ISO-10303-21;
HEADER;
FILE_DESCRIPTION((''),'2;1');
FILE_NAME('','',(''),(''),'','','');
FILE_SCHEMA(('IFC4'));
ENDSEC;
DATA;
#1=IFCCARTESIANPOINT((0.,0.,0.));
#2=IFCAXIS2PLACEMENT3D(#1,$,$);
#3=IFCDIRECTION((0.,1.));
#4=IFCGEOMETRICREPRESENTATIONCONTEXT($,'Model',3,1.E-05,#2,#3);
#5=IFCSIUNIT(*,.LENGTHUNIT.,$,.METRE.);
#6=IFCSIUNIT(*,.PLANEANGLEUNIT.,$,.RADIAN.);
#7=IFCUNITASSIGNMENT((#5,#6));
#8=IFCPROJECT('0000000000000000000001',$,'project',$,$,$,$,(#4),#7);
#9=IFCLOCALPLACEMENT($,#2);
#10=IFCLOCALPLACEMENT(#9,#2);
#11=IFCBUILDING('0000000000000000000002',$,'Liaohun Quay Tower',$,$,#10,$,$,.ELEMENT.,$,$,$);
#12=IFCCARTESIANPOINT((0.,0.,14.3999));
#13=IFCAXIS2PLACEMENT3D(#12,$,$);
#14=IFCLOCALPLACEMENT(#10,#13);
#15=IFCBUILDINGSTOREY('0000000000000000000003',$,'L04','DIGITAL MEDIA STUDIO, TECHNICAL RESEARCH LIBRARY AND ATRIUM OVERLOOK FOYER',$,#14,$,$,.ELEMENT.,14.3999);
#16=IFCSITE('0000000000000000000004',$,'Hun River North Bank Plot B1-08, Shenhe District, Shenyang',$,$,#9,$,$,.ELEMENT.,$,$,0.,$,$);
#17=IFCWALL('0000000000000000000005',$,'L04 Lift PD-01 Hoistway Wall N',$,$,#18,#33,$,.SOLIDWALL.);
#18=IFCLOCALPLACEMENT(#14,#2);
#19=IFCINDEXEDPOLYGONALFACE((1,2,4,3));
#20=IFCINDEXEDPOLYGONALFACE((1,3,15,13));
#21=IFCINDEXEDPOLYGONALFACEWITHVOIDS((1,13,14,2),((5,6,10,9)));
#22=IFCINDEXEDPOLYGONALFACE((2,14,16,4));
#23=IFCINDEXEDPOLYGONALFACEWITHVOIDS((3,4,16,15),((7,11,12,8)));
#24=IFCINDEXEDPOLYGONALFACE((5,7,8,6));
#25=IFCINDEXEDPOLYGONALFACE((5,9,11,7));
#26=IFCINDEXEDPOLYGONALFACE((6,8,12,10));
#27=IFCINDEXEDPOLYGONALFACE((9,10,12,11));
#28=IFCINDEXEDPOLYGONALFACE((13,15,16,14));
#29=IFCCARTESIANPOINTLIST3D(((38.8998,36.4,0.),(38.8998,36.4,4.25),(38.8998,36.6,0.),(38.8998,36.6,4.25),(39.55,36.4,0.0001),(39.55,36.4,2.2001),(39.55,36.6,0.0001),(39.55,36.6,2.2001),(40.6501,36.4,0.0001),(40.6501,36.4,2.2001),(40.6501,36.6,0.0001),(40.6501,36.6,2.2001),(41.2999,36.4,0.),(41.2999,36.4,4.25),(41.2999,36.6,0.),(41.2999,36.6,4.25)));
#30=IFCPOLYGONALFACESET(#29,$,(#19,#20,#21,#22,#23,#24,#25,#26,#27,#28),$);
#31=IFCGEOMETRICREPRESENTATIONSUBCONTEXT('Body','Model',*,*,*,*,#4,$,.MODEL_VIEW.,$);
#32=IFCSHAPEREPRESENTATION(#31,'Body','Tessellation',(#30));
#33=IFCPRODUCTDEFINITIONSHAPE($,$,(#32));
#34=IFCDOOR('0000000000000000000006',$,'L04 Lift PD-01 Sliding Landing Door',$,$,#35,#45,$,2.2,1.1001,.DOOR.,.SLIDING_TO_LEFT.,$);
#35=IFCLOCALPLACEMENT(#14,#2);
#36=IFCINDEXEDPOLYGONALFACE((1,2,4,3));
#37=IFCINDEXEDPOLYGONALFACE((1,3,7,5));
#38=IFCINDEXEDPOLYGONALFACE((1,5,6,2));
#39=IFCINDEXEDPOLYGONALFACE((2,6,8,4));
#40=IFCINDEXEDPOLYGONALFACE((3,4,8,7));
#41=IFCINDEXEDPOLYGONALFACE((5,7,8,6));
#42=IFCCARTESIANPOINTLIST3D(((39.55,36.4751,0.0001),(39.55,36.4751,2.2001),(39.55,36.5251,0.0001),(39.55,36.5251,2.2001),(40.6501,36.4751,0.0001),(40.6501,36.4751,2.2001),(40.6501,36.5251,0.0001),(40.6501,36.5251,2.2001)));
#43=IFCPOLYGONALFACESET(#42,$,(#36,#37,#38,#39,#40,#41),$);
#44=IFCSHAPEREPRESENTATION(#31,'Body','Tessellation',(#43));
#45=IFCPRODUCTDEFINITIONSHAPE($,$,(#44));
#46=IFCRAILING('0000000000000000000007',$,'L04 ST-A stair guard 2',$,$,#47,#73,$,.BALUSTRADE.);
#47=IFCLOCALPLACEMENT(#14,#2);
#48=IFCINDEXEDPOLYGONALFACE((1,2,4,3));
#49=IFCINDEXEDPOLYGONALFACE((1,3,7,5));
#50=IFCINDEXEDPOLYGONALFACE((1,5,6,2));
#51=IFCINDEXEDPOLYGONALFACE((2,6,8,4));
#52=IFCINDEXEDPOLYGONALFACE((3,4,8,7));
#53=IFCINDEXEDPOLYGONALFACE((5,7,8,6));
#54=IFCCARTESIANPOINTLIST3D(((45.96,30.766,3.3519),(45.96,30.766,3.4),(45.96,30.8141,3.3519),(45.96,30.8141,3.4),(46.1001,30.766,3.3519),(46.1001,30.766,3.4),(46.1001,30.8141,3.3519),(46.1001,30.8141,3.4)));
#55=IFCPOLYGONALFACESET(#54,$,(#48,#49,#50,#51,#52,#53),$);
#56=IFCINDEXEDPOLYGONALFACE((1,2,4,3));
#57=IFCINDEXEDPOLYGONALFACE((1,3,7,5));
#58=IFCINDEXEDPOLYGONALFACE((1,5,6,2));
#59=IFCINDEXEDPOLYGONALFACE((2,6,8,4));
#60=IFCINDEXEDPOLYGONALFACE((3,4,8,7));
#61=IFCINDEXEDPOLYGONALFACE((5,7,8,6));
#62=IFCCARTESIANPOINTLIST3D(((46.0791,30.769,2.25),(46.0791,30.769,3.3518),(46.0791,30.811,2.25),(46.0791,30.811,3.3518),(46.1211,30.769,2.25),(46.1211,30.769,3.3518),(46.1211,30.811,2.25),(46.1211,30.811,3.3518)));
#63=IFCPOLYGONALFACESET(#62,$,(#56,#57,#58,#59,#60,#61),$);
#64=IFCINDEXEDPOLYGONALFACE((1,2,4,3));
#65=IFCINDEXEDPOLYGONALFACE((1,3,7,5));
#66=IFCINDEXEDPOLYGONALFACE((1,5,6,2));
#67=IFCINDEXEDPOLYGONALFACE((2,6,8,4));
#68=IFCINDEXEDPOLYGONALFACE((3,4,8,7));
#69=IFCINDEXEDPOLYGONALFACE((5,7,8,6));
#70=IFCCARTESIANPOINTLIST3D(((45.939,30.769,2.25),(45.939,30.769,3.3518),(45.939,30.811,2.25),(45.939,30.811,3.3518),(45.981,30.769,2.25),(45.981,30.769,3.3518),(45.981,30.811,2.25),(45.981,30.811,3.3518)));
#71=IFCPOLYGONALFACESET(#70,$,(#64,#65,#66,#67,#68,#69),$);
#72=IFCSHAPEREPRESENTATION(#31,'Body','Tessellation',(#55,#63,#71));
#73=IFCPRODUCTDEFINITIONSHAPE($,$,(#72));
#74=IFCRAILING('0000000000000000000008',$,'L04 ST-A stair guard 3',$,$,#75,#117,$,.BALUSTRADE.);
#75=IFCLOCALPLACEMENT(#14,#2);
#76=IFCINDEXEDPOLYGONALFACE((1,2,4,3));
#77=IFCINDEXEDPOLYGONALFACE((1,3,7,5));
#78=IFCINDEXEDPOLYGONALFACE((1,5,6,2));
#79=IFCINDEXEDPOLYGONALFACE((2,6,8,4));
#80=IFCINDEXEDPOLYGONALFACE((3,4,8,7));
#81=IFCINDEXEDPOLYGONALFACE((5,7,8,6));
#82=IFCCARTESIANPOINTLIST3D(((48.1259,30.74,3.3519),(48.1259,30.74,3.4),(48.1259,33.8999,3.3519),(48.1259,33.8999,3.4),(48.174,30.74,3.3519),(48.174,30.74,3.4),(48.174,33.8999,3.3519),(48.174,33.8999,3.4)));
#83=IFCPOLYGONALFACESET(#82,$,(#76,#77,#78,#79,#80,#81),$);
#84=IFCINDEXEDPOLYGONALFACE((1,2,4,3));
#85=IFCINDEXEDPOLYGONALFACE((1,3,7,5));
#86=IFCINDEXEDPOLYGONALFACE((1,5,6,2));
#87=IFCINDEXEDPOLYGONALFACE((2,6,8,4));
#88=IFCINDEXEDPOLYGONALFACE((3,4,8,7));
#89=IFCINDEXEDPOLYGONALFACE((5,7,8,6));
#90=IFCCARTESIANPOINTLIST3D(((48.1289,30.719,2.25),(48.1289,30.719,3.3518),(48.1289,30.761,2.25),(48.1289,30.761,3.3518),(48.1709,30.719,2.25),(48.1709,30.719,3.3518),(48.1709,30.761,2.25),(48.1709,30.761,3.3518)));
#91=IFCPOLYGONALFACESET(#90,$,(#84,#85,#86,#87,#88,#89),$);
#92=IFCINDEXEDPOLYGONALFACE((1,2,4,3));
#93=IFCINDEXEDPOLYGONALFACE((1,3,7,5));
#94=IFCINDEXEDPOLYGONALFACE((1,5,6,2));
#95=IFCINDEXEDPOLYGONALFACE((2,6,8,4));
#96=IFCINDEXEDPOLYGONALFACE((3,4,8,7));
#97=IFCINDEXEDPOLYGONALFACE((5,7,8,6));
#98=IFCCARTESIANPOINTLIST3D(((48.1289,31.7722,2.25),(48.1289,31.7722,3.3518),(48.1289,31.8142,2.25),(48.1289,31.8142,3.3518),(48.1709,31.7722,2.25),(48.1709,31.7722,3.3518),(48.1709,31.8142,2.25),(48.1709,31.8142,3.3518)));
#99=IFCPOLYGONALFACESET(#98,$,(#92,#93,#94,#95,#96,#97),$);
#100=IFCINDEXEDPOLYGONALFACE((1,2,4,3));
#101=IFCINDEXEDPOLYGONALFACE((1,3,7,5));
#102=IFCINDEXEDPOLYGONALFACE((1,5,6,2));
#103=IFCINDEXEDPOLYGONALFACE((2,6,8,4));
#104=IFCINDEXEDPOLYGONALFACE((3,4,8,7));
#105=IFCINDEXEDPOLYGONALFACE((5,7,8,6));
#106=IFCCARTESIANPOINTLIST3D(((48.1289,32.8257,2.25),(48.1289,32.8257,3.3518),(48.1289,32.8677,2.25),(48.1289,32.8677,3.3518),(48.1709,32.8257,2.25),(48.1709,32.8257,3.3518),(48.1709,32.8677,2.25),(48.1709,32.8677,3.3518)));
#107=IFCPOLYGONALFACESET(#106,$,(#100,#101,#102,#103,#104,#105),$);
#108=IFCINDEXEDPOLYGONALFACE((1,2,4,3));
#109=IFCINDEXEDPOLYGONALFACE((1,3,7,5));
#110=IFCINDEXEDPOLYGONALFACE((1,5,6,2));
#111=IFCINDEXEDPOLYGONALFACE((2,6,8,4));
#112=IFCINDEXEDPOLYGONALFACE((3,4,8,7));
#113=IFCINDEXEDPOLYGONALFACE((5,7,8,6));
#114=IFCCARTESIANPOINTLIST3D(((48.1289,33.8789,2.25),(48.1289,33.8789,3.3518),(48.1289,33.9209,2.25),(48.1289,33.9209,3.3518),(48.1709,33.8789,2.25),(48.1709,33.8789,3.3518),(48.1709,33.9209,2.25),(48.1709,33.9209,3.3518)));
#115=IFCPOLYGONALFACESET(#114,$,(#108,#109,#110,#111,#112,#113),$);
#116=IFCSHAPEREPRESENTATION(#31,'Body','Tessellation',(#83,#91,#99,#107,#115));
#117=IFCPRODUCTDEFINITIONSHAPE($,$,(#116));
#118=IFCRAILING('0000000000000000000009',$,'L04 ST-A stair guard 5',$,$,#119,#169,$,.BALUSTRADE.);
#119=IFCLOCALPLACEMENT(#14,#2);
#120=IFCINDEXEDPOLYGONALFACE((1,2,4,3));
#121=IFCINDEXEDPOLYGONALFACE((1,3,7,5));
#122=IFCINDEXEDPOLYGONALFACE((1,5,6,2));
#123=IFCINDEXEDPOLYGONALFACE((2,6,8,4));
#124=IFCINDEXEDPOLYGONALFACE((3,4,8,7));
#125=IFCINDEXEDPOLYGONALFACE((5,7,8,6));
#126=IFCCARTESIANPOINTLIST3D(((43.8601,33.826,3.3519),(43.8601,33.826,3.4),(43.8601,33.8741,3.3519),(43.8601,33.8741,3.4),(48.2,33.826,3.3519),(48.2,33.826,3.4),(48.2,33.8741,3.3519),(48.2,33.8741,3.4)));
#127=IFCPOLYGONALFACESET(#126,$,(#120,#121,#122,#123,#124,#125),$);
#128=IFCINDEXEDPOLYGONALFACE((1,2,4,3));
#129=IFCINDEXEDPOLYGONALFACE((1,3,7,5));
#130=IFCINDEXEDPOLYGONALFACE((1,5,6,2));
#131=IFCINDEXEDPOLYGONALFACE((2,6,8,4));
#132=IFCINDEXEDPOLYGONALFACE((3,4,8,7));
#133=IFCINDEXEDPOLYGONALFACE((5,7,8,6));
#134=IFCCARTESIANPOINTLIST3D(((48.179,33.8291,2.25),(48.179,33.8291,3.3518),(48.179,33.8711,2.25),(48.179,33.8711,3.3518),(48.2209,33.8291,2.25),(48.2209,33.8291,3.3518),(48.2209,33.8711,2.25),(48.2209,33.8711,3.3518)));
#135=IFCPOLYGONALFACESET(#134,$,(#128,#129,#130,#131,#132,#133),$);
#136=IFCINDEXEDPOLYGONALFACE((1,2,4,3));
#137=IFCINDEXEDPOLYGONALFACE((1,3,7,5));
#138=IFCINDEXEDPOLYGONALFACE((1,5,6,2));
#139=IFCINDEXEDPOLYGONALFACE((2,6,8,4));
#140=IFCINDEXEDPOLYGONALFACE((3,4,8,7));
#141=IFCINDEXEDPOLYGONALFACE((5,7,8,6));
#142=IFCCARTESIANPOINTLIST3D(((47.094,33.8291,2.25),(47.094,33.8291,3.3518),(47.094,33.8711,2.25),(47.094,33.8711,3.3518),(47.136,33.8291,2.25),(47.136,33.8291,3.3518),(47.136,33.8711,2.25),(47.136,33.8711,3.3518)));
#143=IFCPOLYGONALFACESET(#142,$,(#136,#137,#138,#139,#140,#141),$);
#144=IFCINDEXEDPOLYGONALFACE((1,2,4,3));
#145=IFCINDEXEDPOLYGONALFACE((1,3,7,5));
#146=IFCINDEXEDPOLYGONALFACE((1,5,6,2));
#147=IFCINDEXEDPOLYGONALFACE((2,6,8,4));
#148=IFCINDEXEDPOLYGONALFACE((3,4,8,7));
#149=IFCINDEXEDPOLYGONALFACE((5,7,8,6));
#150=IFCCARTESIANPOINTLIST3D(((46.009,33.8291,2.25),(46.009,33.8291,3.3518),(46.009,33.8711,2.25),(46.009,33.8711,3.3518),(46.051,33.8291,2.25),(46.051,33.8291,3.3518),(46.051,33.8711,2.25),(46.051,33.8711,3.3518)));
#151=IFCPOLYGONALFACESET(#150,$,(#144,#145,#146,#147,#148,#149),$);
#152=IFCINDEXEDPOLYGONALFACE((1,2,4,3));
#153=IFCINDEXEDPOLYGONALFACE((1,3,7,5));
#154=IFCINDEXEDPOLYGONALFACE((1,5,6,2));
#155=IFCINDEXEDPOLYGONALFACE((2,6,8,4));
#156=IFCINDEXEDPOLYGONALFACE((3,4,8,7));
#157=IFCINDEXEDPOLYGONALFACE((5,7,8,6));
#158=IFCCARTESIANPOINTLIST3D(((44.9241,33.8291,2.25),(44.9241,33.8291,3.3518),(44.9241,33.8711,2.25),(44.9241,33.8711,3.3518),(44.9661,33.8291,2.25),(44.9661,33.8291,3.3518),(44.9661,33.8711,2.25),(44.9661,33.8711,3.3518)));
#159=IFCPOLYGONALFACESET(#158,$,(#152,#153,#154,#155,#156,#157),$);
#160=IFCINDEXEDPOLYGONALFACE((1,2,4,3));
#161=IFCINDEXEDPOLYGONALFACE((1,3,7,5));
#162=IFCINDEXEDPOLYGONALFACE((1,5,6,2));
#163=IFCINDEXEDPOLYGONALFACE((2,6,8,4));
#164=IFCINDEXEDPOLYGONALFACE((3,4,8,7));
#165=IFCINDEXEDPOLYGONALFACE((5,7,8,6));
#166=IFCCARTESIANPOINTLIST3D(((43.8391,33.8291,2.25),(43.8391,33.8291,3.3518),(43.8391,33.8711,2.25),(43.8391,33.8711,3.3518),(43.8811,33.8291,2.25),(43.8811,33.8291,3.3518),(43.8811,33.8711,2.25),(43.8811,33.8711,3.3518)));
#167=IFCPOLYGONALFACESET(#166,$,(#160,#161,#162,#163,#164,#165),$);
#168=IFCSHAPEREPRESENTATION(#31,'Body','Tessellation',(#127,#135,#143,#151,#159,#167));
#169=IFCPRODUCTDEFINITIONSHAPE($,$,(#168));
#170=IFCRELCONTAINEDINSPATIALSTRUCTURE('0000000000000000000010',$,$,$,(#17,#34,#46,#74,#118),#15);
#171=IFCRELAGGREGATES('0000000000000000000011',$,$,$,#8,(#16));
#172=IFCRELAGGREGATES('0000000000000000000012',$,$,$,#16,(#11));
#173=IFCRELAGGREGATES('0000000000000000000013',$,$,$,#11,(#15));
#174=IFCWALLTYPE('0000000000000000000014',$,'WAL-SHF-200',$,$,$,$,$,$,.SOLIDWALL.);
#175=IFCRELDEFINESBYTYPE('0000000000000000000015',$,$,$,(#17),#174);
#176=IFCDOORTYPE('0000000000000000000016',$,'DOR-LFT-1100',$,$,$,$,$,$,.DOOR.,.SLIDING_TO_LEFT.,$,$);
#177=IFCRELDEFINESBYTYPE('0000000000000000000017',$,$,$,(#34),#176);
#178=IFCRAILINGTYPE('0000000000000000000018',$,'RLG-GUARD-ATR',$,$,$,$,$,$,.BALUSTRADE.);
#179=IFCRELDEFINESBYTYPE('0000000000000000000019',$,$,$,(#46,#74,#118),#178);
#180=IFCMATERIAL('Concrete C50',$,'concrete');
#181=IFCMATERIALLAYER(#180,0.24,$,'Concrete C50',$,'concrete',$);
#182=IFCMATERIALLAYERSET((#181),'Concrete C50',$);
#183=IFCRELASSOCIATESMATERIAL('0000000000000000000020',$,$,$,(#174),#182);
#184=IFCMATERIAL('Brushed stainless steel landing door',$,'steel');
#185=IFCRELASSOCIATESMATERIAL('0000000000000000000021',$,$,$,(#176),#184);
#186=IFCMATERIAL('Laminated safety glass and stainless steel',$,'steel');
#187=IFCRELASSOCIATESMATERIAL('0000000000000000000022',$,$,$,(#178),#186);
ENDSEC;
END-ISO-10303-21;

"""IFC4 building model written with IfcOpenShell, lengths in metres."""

from ifc_helpers import new_model, si_unit, direction, frame, frame_2d, origin, origin_2d, place, context, subcontext, project, spatial, rectangle, extrude, source, transform, mapped, material, layer, layer_set, type_object, element, fill, save


model = new_model("IFC4")

# Units and contexts
model_context = context("Model", 3, precision=1e-05, world=origin(), true_north=direction((0.0, 1.0)))
body_context = subcontext(model_context, "Body", "Model", "MODEL_VIEW")
ifc_project = project(units=[si_unit("LENGTHUNIT", "METRE"), si_unit("PLANEANGLEUNIT", "RADIAN")], contexts=[model_context])

# Site, building, storey
site_placement = place(None, origin())
site = spatial("IfcSite", under=ifc_project, at=site_placement, Name="Hun River North Bank Plot B1-08, Shenhe District, Shenyang", CompositionType="ELEMENT", RefElevation=0.0)
building_placement = place(site_placement, origin())
building = spatial("IfcBuilding", under=site, at=building_placement, Name="Liaohun Quay Tower", CompositionType="ELEMENT")
storey_placement = place(building_placement, frame((0.0, 0.0, 14.3999)))
storey = spatial("IfcBuildingStorey", under=building, at=storey_placement, Name="L04", Description="DIGITAL MEDIA STUDIO, TECHNICAL RESEARCH LIBRARY AND ATRIUM OVERLOOK FOYER", CompositionType="ELEMENT", Elevation=14.3999)

# Shared definitions
ifc_material_1 = material(Name="Concrete C50", Category="concrete")
ifc_layer_1 = layer(ifc_material_1, 0.24, Name="Concrete C50", Category="concrete")
ifc_layer_set_1 = layer_set([ifc_layer_1], Name="Concrete C50")
wall_type_1 = type_object("IfcWallType", Name="WAL-SHF-200", PredefinedType="SOLIDWALL", material=ifc_layer_set_1)

# Wall, opening, door
wall_1_placement = place(storey_placement, frame((41.3, 36.5, 0.0), z_axis=(0.0, 0.0, 1.0), x_axis=(-1.0, 0.0, 0.0)))
wall_1 = element("IfcWall", 1, at=wall_1_placement, inside=storey, type_object=wall_type_1, Name="L04 Lift PD-01 Hoistway Wall N", PredefinedType="SOLIDWALL", context=body_context, shape_type="SweptSolid", body=[
    extrude(rectangle(XDim=2.4001, YDim=0.2, at=frame_2d((1.2002, 0.0))), origin(), (0.0, 0.0, 1.0), 4.25),
])
shared_shape_1 = source(origin(), body_context, "Body", "SweptSolid", [
    extrude(rectangle(XDim=1.1001, YDim=2.2, at=frame_2d((0.55, 1.1001))), frame((0.0, 0.1099, 0.0), z_axis=(0.0, -1.0, 0.0), x_axis=(1.0, 0.0, 0.0)), (0.0, 0.0, 1.0), 0.22),
])
opening_1_placement = place(wall_1_placement, frame((0.6499, 0.0, 0.0)))
opening_1 = element("IfcOpeningElement", 2, at=opening_1_placement, cuts=wall_1, PredefinedType="OPENING", context=body_context, shape_type="MappedRepresentation", body=[
    mapped(shared_shape_1, transform((0.0, 0.0, 0.0), x_axis=(1.0, 0.0, 0.0), y_axis=(0.0, 1.0, 0.0), z_axis=(0.0, 0.0, 1.0), scale=1.0)),
])
ifc_material_2 = material(Name="Brushed stainless steel landing door", Category="steel")
door_type_1 = type_object("IfcDoorType", Name="DOR-LFT-1100", OperationType="SLIDING_TO_LEFT", PredefinedType="DOOR", material=ifc_material_2)
shared_shape_2 = source(origin(), body_context, "Body", "SweptSolid", [
    extrude(rectangle(XDim=1.1001, YDim=2.2, at=frame_2d((0.55, 1.1001))), frame((0.0, 0.0249, 0.0), z_axis=(0.0, -1.0, 0.0), x_axis=(1.0, 0.0, 0.0)), (0.0, 0.0, 1.0), 0.05),
])
door_1_placement = place(opening_1_placement, origin())
door_1 = element("IfcDoor", 3, at=door_1_placement, inside=storey, type_object=door_type_1, Name="L04 Lift PD-01 Sliding Landing Door", OperationType="SLIDING_TO_LEFT", OverallHeight=2.2, OverallWidth=1.1001, PredefinedType="DOOR", context=body_context, shape_type="MappedRepresentation", body=[
    mapped(shared_shape_2, transform((0.0, 0.0, 0.0), x_axis=(1.0, 0.0, 0.0), y_axis=(0.0, 1.0, 0.0), z_axis=(0.0, 0.0, 1.0), scale=1.0)),
])
fill(opening_1, door_1)

# Railings
ifc_material_3 = material(Name="Laminated safety glass and stainless steel", Category="steel")
railing_type = type_object("IfcRailingType", Name="RLG-GUARD-ATR", PredefinedType="BALUSTRADE", material=ifc_material_3)
railing_1_placement = place(storey_placement, frame((46.1001, 30.79, 2.25)))
element("IfcRailing", 4, at=railing_1_placement, inside=storey, type_object=railing_type, Name="L04 ST-A stair guard 2", PredefinedType="BALUSTRADE", context=body_context, shape_type="SweptSolid", body=[
    extrude(rectangle(XDim=0.0481, YDim=0.0481, at=origin_2d()), frame((0.0, 0.0, 1.126), z_axis=(-1.0, 0.0, 0.0), x_axis=(0.0, -1.0, 0.0)), (0.0, 0.0, 1.0), 0.1401),
    extrude(rectangle(XDim=0.042, YDim=0.042, at=origin_2d()), origin(), (0.0, 0.0, 1.0), 1.1018),
    extrude(rectangle(XDim=0.042, YDim=0.042, at=origin_2d()), frame((-0.1401, 0.0, 0.0)), (0.0, 0.0, 1.0), 1.1018),
])
railing_2_placement = place(storey_placement, frame((48.1499, 30.74, 2.25)))
element("IfcRailing", 5, at=railing_2_placement, inside=storey, type_object=railing_type, Name="L04 ST-A stair guard 3", PredefinedType="BALUSTRADE", context=body_context, shape_type="SweptSolid", body=[
    extrude(rectangle(XDim=0.0481, YDim=0.0481, at=origin_2d()), frame((0.0, 0.0, 1.126), z_axis=(0.0, 1.0, 0.0), x_axis=(-1.0, 0.0, 0.0)), (0.0, 0.0, 1.0), 3.1599),
    extrude(rectangle(XDim=0.042, YDim=0.042, at=origin_2d()), origin(), (0.0, 0.0, 1.0), 1.1018),
    extrude(rectangle(XDim=0.042, YDim=0.042, at=origin_2d()), frame((0.0, 1.0532, 0.0)), (0.0, 0.0, 1.0), 1.1018),
    extrude(rectangle(XDim=0.042, YDim=0.042, at=origin_2d()), frame((0.0, 2.1067, 0.0)), (0.0, 0.0, 1.0), 1.1018),
    extrude(rectangle(XDim=0.042, YDim=0.042, at=origin_2d()), frame((0.0, 3.1599, 0.0)), (0.0, 0.0, 1.0), 1.1018),
])
railing_3_placement = place(storey_placement, frame((48.2, 33.8501, 2.25)))
element("IfcRailing", 6, at=railing_3_placement, inside=storey, type_object=railing_type, Name="L04 ST-A stair guard 5", PredefinedType="BALUSTRADE", context=body_context, shape_type="SweptSolid", body=[
    extrude(rectangle(XDim=0.0481, YDim=0.0481, at=origin_2d()), frame((0.0, 0.0, 1.126), z_axis=(-1.0, 0.0, 0.0), x_axis=(0.0, -1.0, 0.0)), (0.0, 0.0, 1.0), 4.3398),
    extrude(rectangle(XDim=0.042, YDim=0.042, at=origin_2d()), origin(), (0.0, 0.0, 1.0), 1.1018),
    extrude(rectangle(XDim=0.042, YDim=0.042, at=origin_2d()), frame((-1.085, 0.0, 0.0)), (0.0, 0.0, 1.0), 1.1018),
    extrude(rectangle(XDim=0.042, YDim=0.042, at=origin_2d()), frame((-2.1699, 0.0, 0.0)), (0.0, 0.0, 1.0), 1.1018),
    extrude(rectangle(XDim=0.042, YDim=0.042, at=origin_2d()), frame((-3.2549, 0.0, 0.0)), (0.0, 0.0, 1.0), 1.1018),
    extrude(rectangle(XDim=0.042, YDim=0.042, at=origin_2d()), frame((-4.3398, 0.0, 0.0)), (0.0, 0.0, 1.0), 1.1018),
])

save(model, "model.ifc")
